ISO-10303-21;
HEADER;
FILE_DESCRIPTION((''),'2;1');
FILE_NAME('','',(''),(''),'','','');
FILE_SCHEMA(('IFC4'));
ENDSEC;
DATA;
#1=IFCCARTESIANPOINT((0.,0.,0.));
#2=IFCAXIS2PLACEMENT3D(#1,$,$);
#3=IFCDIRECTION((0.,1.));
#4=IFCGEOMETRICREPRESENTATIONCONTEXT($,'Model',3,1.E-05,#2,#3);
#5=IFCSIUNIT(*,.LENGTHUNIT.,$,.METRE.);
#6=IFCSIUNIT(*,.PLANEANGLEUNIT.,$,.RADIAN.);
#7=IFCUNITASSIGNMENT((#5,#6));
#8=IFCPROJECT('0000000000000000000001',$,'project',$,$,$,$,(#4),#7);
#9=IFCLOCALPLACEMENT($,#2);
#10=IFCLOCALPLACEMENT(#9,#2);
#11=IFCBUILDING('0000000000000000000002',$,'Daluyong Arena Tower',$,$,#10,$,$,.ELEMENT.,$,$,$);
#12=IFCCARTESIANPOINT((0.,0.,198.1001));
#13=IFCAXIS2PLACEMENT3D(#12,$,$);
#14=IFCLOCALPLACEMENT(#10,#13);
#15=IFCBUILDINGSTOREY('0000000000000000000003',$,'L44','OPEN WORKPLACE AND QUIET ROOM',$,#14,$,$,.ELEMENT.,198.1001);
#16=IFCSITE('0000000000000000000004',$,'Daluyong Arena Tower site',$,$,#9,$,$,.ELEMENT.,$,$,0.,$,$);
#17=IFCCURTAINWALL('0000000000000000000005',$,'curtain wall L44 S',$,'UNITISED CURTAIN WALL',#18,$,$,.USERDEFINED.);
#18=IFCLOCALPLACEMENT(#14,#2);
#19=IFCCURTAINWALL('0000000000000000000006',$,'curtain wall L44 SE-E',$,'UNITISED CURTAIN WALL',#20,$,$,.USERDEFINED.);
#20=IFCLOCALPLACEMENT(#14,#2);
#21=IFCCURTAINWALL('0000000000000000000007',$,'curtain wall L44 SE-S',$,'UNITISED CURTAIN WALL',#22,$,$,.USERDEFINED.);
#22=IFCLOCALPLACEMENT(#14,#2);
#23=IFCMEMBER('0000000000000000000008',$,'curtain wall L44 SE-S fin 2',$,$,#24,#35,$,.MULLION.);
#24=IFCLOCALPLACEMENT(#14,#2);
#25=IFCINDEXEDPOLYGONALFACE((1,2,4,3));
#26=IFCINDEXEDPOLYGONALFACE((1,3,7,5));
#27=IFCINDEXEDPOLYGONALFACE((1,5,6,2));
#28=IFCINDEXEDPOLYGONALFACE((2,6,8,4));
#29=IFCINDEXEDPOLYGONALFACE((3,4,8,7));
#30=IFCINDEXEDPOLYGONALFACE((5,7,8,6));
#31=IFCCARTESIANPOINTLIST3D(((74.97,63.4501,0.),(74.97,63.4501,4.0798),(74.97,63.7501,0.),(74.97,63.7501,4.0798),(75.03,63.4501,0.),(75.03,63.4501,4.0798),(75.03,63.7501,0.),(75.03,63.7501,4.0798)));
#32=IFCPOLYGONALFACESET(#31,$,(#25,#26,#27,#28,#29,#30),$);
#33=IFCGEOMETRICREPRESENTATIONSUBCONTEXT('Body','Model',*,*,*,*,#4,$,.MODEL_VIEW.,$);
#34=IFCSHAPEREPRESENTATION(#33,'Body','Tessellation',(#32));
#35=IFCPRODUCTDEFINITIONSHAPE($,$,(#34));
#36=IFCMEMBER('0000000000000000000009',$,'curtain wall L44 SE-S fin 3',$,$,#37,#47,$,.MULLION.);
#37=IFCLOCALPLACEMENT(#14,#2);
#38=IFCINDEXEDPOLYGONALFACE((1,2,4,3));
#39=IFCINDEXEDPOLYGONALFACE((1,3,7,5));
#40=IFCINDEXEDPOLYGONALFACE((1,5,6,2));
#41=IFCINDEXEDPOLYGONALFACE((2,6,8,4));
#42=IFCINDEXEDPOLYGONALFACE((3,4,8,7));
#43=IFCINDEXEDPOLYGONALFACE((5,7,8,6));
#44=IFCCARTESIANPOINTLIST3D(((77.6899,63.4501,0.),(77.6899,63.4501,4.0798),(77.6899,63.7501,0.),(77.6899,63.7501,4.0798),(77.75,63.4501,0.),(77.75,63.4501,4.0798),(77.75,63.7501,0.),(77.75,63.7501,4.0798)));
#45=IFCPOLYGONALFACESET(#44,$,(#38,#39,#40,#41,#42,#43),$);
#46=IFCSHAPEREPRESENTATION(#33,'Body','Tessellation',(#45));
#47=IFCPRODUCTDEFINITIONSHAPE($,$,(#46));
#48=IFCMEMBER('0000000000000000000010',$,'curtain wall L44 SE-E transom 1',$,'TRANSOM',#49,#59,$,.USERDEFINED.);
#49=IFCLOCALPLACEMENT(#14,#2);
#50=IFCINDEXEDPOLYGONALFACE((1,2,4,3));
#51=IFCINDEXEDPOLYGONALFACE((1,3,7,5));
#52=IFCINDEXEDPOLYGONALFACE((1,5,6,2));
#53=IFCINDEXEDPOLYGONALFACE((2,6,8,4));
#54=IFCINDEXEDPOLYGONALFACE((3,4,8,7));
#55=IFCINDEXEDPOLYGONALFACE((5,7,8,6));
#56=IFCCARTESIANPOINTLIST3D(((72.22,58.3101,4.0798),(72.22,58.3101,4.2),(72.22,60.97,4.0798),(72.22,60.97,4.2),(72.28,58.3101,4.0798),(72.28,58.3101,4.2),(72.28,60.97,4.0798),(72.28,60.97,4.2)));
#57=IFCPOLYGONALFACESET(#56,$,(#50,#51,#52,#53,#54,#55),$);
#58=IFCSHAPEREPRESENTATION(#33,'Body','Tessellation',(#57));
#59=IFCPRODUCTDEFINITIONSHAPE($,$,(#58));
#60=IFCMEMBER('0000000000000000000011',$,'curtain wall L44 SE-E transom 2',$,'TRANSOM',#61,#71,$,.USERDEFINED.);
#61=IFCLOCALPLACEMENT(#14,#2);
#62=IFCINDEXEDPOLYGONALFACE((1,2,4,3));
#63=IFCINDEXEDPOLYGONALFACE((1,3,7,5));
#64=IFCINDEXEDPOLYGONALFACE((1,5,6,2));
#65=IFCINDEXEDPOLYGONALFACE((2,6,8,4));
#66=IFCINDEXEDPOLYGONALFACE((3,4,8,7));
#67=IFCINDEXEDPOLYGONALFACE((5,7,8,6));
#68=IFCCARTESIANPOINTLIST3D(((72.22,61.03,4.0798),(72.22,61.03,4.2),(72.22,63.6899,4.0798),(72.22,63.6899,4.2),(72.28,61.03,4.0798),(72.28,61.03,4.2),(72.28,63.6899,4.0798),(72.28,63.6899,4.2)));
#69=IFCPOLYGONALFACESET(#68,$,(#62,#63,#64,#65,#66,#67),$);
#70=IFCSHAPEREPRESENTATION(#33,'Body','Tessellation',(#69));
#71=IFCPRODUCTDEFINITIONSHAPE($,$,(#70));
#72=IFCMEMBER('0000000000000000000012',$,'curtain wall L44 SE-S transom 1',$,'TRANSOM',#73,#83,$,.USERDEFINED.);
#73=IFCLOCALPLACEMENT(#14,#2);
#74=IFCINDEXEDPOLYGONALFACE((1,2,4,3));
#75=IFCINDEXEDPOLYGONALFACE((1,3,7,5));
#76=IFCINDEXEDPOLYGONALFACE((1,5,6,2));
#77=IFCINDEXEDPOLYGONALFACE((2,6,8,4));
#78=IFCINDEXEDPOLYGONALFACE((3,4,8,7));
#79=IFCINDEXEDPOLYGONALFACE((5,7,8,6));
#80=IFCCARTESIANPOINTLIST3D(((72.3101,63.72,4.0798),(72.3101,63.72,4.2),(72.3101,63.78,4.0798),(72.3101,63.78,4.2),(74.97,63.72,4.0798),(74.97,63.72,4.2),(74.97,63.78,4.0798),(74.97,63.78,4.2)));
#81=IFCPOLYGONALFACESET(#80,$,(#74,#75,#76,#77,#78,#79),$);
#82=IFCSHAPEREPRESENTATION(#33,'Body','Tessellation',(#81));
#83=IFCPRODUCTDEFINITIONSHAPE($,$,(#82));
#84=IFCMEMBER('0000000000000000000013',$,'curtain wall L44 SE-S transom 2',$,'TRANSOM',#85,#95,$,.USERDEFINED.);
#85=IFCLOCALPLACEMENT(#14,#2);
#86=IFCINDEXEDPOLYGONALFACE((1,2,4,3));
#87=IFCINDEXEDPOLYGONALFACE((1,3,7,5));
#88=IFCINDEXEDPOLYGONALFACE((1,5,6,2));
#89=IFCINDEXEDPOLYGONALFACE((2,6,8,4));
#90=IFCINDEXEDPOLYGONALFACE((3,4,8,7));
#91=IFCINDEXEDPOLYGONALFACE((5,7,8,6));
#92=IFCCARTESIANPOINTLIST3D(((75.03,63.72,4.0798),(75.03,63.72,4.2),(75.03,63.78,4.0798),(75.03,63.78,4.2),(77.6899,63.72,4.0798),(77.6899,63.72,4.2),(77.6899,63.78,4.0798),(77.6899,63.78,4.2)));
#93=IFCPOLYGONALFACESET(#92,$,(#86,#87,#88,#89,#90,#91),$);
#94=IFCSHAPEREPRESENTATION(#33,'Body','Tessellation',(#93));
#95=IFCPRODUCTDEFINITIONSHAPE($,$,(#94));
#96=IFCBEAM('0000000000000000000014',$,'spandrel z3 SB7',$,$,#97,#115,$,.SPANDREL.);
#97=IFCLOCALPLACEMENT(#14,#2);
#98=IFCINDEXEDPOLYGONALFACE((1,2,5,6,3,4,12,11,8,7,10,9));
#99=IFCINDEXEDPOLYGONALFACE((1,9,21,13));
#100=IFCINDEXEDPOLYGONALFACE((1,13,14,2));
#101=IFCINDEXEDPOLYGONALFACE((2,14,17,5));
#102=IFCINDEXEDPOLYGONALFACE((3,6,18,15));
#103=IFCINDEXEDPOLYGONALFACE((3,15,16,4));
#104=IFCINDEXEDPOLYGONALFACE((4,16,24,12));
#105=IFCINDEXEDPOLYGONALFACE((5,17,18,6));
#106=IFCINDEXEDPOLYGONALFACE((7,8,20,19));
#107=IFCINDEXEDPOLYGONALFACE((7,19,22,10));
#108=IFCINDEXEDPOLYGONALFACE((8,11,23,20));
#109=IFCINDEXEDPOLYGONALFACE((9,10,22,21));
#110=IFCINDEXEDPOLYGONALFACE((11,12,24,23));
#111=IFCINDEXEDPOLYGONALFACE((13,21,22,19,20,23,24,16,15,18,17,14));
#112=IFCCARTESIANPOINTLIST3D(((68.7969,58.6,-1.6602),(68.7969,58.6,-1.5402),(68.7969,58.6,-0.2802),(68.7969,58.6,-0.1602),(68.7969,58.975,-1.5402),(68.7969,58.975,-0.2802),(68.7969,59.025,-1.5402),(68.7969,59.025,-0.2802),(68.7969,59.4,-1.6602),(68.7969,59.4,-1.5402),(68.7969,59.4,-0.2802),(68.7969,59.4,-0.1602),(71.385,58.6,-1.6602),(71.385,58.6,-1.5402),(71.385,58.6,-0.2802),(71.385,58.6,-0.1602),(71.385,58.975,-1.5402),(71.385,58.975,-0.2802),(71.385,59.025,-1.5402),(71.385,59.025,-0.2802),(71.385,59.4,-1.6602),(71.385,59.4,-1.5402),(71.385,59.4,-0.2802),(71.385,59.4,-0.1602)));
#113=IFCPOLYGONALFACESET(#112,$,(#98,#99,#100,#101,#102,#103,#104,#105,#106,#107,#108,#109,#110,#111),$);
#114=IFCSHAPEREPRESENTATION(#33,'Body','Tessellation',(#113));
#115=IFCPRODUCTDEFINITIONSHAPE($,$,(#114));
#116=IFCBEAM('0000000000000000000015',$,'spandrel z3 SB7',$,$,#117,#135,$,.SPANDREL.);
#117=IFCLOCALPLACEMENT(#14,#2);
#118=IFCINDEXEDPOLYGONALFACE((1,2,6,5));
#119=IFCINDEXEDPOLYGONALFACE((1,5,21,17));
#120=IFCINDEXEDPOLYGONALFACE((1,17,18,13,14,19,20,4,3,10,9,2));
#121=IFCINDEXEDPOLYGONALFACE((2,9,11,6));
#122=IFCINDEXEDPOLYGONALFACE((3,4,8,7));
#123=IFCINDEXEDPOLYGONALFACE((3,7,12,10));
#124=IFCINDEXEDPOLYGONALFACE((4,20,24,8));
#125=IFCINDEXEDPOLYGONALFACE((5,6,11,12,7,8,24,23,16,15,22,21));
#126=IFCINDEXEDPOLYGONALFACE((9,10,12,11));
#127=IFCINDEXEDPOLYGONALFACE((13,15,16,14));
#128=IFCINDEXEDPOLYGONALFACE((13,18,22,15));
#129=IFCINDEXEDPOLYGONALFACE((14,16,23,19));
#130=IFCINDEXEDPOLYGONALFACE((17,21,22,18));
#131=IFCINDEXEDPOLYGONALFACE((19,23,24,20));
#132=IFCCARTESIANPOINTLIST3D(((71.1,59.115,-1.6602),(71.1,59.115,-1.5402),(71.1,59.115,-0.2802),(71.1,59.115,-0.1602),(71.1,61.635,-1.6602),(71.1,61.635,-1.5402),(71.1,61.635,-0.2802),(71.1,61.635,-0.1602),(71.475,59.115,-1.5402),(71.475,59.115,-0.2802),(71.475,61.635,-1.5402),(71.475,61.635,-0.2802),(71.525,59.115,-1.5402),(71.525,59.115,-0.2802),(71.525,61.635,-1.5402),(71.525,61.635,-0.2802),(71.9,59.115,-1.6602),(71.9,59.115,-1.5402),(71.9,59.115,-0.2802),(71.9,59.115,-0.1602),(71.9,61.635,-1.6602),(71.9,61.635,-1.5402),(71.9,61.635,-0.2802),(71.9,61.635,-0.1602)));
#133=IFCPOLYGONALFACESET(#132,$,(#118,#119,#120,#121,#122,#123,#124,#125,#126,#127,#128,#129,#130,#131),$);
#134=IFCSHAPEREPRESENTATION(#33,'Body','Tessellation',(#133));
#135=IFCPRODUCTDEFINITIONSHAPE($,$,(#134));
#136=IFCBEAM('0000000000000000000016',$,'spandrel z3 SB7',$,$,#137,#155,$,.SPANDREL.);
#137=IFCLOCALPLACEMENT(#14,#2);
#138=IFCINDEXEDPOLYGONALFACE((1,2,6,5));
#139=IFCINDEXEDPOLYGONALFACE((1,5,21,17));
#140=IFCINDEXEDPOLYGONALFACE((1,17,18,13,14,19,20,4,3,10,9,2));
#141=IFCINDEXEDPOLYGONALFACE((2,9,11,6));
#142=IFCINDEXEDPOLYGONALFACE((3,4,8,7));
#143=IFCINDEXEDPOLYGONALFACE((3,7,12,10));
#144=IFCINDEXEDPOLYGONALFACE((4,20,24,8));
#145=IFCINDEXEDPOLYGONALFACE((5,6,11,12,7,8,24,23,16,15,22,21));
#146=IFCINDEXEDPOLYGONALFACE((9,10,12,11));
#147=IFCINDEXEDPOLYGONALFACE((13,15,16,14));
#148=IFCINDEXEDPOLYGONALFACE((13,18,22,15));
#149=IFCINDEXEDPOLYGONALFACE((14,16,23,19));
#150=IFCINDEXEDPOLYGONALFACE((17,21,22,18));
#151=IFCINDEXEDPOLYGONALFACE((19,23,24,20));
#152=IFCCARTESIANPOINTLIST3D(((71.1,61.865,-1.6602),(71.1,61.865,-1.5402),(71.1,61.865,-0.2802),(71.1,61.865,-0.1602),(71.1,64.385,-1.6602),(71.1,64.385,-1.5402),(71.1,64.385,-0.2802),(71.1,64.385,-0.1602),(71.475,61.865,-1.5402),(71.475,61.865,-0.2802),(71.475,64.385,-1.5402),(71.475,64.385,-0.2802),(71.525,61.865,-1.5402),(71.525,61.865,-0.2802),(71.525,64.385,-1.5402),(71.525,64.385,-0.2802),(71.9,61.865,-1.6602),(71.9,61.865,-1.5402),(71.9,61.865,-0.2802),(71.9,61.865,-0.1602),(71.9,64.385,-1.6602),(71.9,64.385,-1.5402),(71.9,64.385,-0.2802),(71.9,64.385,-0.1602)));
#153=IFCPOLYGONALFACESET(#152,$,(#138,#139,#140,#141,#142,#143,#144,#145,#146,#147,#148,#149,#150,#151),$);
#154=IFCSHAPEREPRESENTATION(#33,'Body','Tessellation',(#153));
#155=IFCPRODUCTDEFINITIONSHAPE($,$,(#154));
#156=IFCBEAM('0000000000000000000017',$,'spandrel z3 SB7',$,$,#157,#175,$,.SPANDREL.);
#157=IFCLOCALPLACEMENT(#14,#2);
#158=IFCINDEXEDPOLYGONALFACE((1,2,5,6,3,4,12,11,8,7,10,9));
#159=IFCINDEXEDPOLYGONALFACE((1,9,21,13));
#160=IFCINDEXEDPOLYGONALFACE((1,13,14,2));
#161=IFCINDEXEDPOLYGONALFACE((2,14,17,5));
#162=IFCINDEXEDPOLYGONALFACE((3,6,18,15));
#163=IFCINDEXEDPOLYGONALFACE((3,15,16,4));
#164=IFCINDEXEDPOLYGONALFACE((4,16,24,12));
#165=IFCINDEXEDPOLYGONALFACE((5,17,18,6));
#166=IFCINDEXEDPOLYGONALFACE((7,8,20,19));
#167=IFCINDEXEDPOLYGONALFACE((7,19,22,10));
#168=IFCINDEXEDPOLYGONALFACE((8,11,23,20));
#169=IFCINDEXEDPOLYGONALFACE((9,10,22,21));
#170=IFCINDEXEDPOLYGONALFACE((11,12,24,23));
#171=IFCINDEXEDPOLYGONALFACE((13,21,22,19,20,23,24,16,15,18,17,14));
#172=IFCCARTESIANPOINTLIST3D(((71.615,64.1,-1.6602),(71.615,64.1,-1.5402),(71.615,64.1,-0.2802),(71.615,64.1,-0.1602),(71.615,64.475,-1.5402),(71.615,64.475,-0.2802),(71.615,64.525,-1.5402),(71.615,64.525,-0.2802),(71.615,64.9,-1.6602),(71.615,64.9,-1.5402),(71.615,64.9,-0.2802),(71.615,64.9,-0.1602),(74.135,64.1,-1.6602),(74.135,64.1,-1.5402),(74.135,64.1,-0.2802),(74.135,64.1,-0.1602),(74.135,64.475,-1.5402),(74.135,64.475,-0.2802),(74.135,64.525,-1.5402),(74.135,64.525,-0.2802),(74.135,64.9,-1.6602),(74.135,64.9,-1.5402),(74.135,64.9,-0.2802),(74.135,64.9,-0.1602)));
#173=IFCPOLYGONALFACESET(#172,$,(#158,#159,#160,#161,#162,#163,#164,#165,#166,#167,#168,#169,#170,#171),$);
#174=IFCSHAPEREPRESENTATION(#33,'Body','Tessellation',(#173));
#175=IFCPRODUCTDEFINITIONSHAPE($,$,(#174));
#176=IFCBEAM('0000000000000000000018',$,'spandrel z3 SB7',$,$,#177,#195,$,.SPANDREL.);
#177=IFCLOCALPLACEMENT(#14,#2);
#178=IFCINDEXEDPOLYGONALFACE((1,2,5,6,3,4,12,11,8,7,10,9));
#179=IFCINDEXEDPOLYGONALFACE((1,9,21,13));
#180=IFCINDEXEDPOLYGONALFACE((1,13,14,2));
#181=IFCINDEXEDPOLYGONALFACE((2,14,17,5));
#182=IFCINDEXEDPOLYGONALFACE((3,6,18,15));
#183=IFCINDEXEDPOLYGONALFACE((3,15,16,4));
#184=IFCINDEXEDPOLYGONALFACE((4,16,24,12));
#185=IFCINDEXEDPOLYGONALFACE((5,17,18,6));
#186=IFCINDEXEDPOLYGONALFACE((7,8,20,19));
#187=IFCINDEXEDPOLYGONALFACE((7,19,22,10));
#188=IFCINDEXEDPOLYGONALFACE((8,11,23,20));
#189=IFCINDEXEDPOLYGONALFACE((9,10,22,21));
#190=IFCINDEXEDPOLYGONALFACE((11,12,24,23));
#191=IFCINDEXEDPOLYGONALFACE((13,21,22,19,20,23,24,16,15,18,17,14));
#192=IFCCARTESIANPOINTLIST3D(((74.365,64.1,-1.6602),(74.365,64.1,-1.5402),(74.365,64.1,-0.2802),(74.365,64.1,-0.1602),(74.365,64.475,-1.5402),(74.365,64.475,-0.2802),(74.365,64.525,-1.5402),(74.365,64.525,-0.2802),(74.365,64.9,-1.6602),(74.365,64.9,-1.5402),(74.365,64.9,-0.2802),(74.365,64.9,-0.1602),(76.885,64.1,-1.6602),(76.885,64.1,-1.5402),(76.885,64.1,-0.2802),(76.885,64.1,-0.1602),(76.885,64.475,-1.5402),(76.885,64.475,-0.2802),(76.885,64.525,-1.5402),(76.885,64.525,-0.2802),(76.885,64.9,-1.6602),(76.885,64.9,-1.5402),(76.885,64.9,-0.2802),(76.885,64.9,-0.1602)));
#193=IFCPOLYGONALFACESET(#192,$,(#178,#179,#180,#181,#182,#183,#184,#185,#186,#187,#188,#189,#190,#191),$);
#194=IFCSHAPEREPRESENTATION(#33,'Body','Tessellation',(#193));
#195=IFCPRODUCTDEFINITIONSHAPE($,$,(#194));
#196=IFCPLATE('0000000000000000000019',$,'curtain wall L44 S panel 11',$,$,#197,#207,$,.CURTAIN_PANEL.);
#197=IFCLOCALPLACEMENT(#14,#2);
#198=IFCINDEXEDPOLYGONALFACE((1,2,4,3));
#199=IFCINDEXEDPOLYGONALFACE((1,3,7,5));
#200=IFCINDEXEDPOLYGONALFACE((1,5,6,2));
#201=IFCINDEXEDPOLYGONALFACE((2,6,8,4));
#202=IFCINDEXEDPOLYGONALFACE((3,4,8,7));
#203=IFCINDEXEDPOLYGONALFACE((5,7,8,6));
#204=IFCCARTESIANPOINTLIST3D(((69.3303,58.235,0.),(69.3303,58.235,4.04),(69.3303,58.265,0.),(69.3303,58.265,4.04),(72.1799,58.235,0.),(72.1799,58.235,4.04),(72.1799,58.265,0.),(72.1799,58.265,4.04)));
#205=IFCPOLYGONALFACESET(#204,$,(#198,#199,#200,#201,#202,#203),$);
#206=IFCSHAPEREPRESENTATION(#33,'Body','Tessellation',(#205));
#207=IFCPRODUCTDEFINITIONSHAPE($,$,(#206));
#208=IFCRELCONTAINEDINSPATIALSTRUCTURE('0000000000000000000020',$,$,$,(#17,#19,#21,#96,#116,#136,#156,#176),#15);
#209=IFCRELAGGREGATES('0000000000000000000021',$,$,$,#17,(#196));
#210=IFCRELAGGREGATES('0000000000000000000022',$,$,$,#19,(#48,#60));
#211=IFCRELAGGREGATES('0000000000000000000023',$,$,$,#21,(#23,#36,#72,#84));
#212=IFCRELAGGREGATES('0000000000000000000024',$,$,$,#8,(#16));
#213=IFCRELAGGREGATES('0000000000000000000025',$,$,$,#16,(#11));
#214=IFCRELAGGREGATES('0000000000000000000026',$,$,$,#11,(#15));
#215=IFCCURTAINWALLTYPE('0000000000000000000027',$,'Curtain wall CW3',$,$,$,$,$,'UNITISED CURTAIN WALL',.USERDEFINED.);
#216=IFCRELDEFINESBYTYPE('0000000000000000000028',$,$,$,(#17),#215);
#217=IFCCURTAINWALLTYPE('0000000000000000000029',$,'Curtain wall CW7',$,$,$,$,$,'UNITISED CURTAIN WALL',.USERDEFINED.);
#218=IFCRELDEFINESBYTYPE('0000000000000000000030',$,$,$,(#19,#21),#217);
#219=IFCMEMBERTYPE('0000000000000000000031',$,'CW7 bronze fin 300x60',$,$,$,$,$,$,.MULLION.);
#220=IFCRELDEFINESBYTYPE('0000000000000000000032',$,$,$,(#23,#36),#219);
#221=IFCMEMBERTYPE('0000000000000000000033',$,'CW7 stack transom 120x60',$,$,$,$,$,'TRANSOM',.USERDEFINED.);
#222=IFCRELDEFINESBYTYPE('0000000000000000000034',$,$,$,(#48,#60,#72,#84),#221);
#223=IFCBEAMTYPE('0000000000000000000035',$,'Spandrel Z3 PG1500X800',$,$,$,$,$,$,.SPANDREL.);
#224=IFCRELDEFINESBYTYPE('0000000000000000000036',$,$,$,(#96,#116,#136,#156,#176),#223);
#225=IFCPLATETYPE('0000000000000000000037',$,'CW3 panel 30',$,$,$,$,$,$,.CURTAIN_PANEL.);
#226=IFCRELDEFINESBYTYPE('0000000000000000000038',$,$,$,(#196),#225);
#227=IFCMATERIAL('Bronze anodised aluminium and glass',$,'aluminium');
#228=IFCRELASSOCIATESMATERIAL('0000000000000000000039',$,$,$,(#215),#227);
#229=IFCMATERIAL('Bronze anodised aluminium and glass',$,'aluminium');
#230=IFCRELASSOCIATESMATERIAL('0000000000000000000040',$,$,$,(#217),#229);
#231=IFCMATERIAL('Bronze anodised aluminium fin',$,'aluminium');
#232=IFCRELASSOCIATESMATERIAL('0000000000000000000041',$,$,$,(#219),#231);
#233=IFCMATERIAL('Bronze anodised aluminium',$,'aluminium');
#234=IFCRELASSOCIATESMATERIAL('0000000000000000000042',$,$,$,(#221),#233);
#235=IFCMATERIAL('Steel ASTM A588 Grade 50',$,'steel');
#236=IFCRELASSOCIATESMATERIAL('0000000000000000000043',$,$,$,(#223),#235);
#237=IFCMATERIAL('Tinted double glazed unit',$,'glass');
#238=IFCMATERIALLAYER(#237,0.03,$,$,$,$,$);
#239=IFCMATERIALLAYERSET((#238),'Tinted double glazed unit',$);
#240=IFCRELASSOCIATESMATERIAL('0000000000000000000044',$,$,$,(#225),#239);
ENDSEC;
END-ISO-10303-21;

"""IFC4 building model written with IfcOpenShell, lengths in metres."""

from ifc_helpers import new_model, si_unit, direction, frame, origin, origin_2d, place, context, subcontext, project, spatial, rectangle, i_section, extrude, material, layer, layer_set, material_profile, profile_set, type_object, element, aggregate, save


model = new_model("IFC4")

# Units and contexts
model_context = context("Model", 3, precision=1e-05, world=origin(), true_north=direction((0.0, 1.0)))
body_context = subcontext(model_context, "Body", "Model", "MODEL_VIEW")
ifc_project = project(units=[si_unit("LENGTHUNIT", "METRE"), si_unit("PLANEANGLEUNIT", "RADIAN")], contexts=[model_context])

# Site, building, storey
site_placement = place(None, origin())
site = spatial("IfcSite", under=ifc_project, at=site_placement, Name="Daluyong Arena Tower site", CompositionType="ELEMENT", RefElevation=0.0)
building_placement = place(site_placement, origin())
building = spatial("IfcBuilding", under=site, at=building_placement, Name="Daluyong Arena Tower", CompositionType="ELEMENT")
storey_placement = place(building_placement, frame((0.0, 0.0, 198.1001)))
storey = spatial("IfcBuildingStorey", under=building, at=storey_placement, Name="L44", Description="OPEN WORKPLACE AND QUIET ROOM", CompositionType="ELEMENT", Elevation=198.1001)

# Curtain wall
ifc_material_1 = material(Name="Bronze anodised aluminium and glass", Category="aluminium")
curtain_wall_type_1 = type_object("IfcCurtainWallType", Name="Curtain wall CW3", ElementType="UNITISED CURTAIN WALL", PredefinedType="USERDEFINED", material=ifc_material_1)
curtain_wall_1_placement = place(storey_placement, origin())
curtain_wall_1 = element("IfcCurtainWall", 1, at=curtain_wall_1_placement, inside=storey, type_object=curtain_wall_type_1, Name="curtain wall L44 S", ObjectType="UNITISED CURTAIN WALL", PredefinedType="USERDEFINED")

# Curtain walls, members
ifc_material_2 = material(Name="Bronze anodised aluminium and glass", Category="aluminium")
curtain_wall_type_2 = type_object("IfcCurtainWallType", Name="Curtain wall CW7", ElementType="UNITISED CURTAIN WALL", PredefinedType="USERDEFINED", material=ifc_material_2)
curtain_wall_2_placement = place(storey_placement, origin())
curtain_wall_2 = element("IfcCurtainWall", 2, at=curtain_wall_2_placement, inside=storey, type_object=curtain_wall_type_2, Name="curtain wall L44 SE-E", ObjectType="UNITISED CURTAIN WALL", PredefinedType="USERDEFINED")
ifc_material_3 = material(Name="Bronze anodised aluminium fin", Category="aluminium")
ifc_material_profile_1 = material_profile(ifc_material_3, rectangle(XDim=0.3, YDim=0.0601, at=origin_2d()))
ifc_profile_set_1 = profile_set([ifc_material_profile_1], Name="Bronze anodised aluminium fin")
member_type_1 = type_object("IfcMemberType", Name="CW7 bronze fin 300x60", PredefinedType="MULLION", material=ifc_profile_set_1)
curtain_wall_3_placement = place(storey_placement, origin())
curtain_wall_3 = element("IfcCurtainWall", 3, at=curtain_wall_3_placement, inside=storey, type_object=curtain_wall_type_2, Name="curtain wall L44 SE-S", ObjectType="UNITISED CURTAIN WALL", PredefinedType="USERDEFINED")
member_1_placement = place(storey_placement, frame((75.0, 63.6001, 0.0), z_axis=(0.0, 0.0, 1.0), x_axis=(0.0, 1.0, 0.0)))
member_1 = element("IfcMember", 4, at=member_1_placement, type_object=member_type_1, Name="curtain wall L44 SE-S fin 2", PredefinedType="MULLION", context=body_context, shape_type="SweptSolid", body=[
    extrude(rectangle(XDim=0.3, YDim=0.0601, at=origin_2d()), origin(), (0.0, 0.0, 1.0), 4.0798),
])
member_2_placement = place(storey_placement, frame((77.72, 63.6001, 0.0), z_axis=(0.0, 0.0, 1.0), x_axis=(0.0, 1.0, 0.0)))
member_2 = element("IfcMember", 5, at=member_2_placement, type_object=member_type_1, Name="curtain wall L44 SE-S fin 3", PredefinedType="MULLION", context=body_context, shape_type="SweptSolid", body=[
    extrude(rectangle(XDim=0.3, YDim=0.0601, at=origin_2d()), origin(), (0.0, 0.0, 1.0), 4.0798),
])

# Members
ifc_material_4 = material(Name="Bronze anodised aluminium", Category="aluminium")
ifc_material_profile_2 = material_profile(ifc_material_4, rectangle(XDim=0.0601, YDim=0.1201, at=origin_2d()))
ifc_profile_set_2 = profile_set([ifc_material_profile_2], Name="Bronze anodised aluminium")
member_type_2 = type_object("IfcMemberType", Name="CW7 stack transom 120x60", ElementType="TRANSOM", PredefinedType="USERDEFINED", material=ifc_profile_set_2)
member_3_placement = place(storey_placement, frame((72.25, 58.3101, 4.1399), z_axis=(0.0, 1.0, 0.0), x_axis=(-1.0, 0.0, 0.0)))
member_3 = element("IfcMember", 6, at=member_3_placement, type_object=member_type_2, Name="curtain wall L44 SE-E transom 1", ObjectType="TRANSOM", PredefinedType="USERDEFINED", context=body_context, shape_type="SweptSolid", body=[
    extrude(rectangle(XDim=0.0601, YDim=0.1201, at=origin_2d()), origin(), (0.0, 0.0, 1.0), 2.6599),
])
member_4_placement = place(storey_placement, frame((72.25, 61.03, 4.1399), z_axis=(0.0, 1.0, 0.0), x_axis=(-1.0, 0.0, 0.0)))
member_4 = element("IfcMember", 7, at=member_4_placement, type_object=member_type_2, Name="curtain wall L44 SE-E transom 2", ObjectType="TRANSOM", PredefinedType="USERDEFINED", context=body_context, shape_type="SweptSolid", body=[
    extrude(rectangle(XDim=0.0601, YDim=0.1201, at=origin_2d()), origin(), (0.0, 0.0, 1.0), 2.6599),
])
member_5_placement = place(storey_placement, frame((72.3101, 63.75, 4.1399), z_axis=(1.0, 0.0, 0.0), x_axis=(0.0, 1.0, 0.0)))
member_5 = element("IfcMember", 8, at=member_5_placement, type_object=member_type_2, Name="curtain wall L44 SE-S transom 1", ObjectType="TRANSOM", PredefinedType="USERDEFINED", context=body_context, shape_type="SweptSolid", body=[
    extrude(rectangle(XDim=0.0601, YDim=0.1201, at=origin_2d()), origin(), (0.0, 0.0, 1.0), 2.6599),
])
member_6_placement = place(storey_placement, frame((75.03, 63.75, 4.1399), z_axis=(1.0, 0.0, 0.0), x_axis=(0.0, 1.0, 0.0)))
member_6 = element("IfcMember", 9, at=member_6_placement, type_object=member_type_2, Name="curtain wall L44 SE-S transom 2", ObjectType="TRANSOM", PredefinedType="USERDEFINED", context=body_context, shape_type="SweptSolid", body=[
    extrude(rectangle(XDim=0.0601, YDim=0.1201, at=origin_2d()), origin(), (0.0, 0.0, 1.0), 2.6599),
])

# Beams
ifc_material_5 = material(Name="Steel ASTM A588 Grade 50", Category="steel")
ifc_material_profile_3 = material_profile(ifc_material_5, i_section(OverallWidth=0.8, OverallDepth=1.5, WebThickness=0.05, FlangeThickness=0.12, at=origin_2d()))
ifc_profile_set_3 = profile_set([ifc_material_profile_3], Name="Steel ASTM A588 Grade 50")
beam_type = type_object("IfcBeamType", Name="Spandrel Z3 PG1500X800", PredefinedType="SPANDREL", material=ifc_profile_set_3)
beam_placement = place(storey_placement, frame((68.7969, 59.0, -0.9102), z_axis=(1.0, 0.0, 0.0), x_axis=(0.0, 1.0, 0.0)))
element("IfcBeam", 10, at=beam_placement, inside=storey, type_object=beam_type, Name="spandrel z3 SB7", PredefinedType="SPANDREL", context=body_context, shape_type="SweptSolid", body=[
    extrude(i_section(OverallWidth=0.8, OverallDepth=1.5, WebThickness=0.05, FlangeThickness=0.12, at=origin_2d()), origin(), (0.0, 0.0, 1.0), 2.5881),
])
for number, where, z_axis, x_axis, name in (
    (11, (71.5, 59.115, -0.9102), (0.0, 1.0, 0.0), (-1.0, 0.0, 0.0), "spandrel z3 SB7"),
    (12, (71.5, 61.865, -0.9102), (0.0, 1.0, 0.0), (-1.0, 0.0, 0.0), "spandrel z3 SB7"),
    (13, (71.615, 64.5, -0.9102), (1.0, 0.0, 0.0), (0.0, 1.0, 0.0), "spandrel z3 SB7"),
    (14, (74.365, 64.5, -0.9102), (1.0, 0.0, 0.0), (0.0, 1.0, 0.0), "spandrel z3 SB7"),
):
    element("IfcBeam", number, at=place(storey_placement, frame(where, z_axis=z_axis, x_axis=x_axis)), inside=storey, type_object=beam_type, Name=name, PredefinedType="SPANDREL", context=body_context, shape_type="SweptSolid", body=[
        extrude(i_section(OverallWidth=0.8, OverallDepth=1.5, WebThickness=0.05, FlangeThickness=0.12, at=origin_2d()), origin(), (0.0, 0.0, 1.0), 2.52),
    ])

# Plate
ifc_material_6 = material(Name="Tinted double glazed unit", Category="glass")
ifc_layer_1 = layer(ifc_material_6, 0.03)
ifc_layer_set_1 = layer_set([ifc_layer_1], Name="Tinted double glazed unit")
plate_type_1 = type_object("IfcPlateType", Name="CW3 panel 30", PredefinedType="CURTAIN_PANEL", material=ifc_layer_set_1)
plate_1_placement = place(storey_placement, frame((70.7551, 58.25, 0.0), z_axis=(0.0, 0.0, 1.0), x_axis=(1.0, 0.0, 0.0)))
plate_1 = element("IfcPlate", 15, at=plate_1_placement, type_object=plate_type_1, Name="curtain wall L44 S panel 11", PredefinedType="CURTAIN_PANEL", context=body_context, shape_type="SweptSolid", body=[
    extrude(rectangle(XDim=2.8496, YDim=0.03, at=origin_2d()), origin(), (0.0, 0.0, 1.0), 4.04),
])
aggregate(curtain_wall_1, [plate_1])
aggregate(curtain_wall_2, [member_3, member_4])
aggregate(curtain_wall_3, [member_1, member_2, member_5, member_6])

save(model, "model.ifc")
